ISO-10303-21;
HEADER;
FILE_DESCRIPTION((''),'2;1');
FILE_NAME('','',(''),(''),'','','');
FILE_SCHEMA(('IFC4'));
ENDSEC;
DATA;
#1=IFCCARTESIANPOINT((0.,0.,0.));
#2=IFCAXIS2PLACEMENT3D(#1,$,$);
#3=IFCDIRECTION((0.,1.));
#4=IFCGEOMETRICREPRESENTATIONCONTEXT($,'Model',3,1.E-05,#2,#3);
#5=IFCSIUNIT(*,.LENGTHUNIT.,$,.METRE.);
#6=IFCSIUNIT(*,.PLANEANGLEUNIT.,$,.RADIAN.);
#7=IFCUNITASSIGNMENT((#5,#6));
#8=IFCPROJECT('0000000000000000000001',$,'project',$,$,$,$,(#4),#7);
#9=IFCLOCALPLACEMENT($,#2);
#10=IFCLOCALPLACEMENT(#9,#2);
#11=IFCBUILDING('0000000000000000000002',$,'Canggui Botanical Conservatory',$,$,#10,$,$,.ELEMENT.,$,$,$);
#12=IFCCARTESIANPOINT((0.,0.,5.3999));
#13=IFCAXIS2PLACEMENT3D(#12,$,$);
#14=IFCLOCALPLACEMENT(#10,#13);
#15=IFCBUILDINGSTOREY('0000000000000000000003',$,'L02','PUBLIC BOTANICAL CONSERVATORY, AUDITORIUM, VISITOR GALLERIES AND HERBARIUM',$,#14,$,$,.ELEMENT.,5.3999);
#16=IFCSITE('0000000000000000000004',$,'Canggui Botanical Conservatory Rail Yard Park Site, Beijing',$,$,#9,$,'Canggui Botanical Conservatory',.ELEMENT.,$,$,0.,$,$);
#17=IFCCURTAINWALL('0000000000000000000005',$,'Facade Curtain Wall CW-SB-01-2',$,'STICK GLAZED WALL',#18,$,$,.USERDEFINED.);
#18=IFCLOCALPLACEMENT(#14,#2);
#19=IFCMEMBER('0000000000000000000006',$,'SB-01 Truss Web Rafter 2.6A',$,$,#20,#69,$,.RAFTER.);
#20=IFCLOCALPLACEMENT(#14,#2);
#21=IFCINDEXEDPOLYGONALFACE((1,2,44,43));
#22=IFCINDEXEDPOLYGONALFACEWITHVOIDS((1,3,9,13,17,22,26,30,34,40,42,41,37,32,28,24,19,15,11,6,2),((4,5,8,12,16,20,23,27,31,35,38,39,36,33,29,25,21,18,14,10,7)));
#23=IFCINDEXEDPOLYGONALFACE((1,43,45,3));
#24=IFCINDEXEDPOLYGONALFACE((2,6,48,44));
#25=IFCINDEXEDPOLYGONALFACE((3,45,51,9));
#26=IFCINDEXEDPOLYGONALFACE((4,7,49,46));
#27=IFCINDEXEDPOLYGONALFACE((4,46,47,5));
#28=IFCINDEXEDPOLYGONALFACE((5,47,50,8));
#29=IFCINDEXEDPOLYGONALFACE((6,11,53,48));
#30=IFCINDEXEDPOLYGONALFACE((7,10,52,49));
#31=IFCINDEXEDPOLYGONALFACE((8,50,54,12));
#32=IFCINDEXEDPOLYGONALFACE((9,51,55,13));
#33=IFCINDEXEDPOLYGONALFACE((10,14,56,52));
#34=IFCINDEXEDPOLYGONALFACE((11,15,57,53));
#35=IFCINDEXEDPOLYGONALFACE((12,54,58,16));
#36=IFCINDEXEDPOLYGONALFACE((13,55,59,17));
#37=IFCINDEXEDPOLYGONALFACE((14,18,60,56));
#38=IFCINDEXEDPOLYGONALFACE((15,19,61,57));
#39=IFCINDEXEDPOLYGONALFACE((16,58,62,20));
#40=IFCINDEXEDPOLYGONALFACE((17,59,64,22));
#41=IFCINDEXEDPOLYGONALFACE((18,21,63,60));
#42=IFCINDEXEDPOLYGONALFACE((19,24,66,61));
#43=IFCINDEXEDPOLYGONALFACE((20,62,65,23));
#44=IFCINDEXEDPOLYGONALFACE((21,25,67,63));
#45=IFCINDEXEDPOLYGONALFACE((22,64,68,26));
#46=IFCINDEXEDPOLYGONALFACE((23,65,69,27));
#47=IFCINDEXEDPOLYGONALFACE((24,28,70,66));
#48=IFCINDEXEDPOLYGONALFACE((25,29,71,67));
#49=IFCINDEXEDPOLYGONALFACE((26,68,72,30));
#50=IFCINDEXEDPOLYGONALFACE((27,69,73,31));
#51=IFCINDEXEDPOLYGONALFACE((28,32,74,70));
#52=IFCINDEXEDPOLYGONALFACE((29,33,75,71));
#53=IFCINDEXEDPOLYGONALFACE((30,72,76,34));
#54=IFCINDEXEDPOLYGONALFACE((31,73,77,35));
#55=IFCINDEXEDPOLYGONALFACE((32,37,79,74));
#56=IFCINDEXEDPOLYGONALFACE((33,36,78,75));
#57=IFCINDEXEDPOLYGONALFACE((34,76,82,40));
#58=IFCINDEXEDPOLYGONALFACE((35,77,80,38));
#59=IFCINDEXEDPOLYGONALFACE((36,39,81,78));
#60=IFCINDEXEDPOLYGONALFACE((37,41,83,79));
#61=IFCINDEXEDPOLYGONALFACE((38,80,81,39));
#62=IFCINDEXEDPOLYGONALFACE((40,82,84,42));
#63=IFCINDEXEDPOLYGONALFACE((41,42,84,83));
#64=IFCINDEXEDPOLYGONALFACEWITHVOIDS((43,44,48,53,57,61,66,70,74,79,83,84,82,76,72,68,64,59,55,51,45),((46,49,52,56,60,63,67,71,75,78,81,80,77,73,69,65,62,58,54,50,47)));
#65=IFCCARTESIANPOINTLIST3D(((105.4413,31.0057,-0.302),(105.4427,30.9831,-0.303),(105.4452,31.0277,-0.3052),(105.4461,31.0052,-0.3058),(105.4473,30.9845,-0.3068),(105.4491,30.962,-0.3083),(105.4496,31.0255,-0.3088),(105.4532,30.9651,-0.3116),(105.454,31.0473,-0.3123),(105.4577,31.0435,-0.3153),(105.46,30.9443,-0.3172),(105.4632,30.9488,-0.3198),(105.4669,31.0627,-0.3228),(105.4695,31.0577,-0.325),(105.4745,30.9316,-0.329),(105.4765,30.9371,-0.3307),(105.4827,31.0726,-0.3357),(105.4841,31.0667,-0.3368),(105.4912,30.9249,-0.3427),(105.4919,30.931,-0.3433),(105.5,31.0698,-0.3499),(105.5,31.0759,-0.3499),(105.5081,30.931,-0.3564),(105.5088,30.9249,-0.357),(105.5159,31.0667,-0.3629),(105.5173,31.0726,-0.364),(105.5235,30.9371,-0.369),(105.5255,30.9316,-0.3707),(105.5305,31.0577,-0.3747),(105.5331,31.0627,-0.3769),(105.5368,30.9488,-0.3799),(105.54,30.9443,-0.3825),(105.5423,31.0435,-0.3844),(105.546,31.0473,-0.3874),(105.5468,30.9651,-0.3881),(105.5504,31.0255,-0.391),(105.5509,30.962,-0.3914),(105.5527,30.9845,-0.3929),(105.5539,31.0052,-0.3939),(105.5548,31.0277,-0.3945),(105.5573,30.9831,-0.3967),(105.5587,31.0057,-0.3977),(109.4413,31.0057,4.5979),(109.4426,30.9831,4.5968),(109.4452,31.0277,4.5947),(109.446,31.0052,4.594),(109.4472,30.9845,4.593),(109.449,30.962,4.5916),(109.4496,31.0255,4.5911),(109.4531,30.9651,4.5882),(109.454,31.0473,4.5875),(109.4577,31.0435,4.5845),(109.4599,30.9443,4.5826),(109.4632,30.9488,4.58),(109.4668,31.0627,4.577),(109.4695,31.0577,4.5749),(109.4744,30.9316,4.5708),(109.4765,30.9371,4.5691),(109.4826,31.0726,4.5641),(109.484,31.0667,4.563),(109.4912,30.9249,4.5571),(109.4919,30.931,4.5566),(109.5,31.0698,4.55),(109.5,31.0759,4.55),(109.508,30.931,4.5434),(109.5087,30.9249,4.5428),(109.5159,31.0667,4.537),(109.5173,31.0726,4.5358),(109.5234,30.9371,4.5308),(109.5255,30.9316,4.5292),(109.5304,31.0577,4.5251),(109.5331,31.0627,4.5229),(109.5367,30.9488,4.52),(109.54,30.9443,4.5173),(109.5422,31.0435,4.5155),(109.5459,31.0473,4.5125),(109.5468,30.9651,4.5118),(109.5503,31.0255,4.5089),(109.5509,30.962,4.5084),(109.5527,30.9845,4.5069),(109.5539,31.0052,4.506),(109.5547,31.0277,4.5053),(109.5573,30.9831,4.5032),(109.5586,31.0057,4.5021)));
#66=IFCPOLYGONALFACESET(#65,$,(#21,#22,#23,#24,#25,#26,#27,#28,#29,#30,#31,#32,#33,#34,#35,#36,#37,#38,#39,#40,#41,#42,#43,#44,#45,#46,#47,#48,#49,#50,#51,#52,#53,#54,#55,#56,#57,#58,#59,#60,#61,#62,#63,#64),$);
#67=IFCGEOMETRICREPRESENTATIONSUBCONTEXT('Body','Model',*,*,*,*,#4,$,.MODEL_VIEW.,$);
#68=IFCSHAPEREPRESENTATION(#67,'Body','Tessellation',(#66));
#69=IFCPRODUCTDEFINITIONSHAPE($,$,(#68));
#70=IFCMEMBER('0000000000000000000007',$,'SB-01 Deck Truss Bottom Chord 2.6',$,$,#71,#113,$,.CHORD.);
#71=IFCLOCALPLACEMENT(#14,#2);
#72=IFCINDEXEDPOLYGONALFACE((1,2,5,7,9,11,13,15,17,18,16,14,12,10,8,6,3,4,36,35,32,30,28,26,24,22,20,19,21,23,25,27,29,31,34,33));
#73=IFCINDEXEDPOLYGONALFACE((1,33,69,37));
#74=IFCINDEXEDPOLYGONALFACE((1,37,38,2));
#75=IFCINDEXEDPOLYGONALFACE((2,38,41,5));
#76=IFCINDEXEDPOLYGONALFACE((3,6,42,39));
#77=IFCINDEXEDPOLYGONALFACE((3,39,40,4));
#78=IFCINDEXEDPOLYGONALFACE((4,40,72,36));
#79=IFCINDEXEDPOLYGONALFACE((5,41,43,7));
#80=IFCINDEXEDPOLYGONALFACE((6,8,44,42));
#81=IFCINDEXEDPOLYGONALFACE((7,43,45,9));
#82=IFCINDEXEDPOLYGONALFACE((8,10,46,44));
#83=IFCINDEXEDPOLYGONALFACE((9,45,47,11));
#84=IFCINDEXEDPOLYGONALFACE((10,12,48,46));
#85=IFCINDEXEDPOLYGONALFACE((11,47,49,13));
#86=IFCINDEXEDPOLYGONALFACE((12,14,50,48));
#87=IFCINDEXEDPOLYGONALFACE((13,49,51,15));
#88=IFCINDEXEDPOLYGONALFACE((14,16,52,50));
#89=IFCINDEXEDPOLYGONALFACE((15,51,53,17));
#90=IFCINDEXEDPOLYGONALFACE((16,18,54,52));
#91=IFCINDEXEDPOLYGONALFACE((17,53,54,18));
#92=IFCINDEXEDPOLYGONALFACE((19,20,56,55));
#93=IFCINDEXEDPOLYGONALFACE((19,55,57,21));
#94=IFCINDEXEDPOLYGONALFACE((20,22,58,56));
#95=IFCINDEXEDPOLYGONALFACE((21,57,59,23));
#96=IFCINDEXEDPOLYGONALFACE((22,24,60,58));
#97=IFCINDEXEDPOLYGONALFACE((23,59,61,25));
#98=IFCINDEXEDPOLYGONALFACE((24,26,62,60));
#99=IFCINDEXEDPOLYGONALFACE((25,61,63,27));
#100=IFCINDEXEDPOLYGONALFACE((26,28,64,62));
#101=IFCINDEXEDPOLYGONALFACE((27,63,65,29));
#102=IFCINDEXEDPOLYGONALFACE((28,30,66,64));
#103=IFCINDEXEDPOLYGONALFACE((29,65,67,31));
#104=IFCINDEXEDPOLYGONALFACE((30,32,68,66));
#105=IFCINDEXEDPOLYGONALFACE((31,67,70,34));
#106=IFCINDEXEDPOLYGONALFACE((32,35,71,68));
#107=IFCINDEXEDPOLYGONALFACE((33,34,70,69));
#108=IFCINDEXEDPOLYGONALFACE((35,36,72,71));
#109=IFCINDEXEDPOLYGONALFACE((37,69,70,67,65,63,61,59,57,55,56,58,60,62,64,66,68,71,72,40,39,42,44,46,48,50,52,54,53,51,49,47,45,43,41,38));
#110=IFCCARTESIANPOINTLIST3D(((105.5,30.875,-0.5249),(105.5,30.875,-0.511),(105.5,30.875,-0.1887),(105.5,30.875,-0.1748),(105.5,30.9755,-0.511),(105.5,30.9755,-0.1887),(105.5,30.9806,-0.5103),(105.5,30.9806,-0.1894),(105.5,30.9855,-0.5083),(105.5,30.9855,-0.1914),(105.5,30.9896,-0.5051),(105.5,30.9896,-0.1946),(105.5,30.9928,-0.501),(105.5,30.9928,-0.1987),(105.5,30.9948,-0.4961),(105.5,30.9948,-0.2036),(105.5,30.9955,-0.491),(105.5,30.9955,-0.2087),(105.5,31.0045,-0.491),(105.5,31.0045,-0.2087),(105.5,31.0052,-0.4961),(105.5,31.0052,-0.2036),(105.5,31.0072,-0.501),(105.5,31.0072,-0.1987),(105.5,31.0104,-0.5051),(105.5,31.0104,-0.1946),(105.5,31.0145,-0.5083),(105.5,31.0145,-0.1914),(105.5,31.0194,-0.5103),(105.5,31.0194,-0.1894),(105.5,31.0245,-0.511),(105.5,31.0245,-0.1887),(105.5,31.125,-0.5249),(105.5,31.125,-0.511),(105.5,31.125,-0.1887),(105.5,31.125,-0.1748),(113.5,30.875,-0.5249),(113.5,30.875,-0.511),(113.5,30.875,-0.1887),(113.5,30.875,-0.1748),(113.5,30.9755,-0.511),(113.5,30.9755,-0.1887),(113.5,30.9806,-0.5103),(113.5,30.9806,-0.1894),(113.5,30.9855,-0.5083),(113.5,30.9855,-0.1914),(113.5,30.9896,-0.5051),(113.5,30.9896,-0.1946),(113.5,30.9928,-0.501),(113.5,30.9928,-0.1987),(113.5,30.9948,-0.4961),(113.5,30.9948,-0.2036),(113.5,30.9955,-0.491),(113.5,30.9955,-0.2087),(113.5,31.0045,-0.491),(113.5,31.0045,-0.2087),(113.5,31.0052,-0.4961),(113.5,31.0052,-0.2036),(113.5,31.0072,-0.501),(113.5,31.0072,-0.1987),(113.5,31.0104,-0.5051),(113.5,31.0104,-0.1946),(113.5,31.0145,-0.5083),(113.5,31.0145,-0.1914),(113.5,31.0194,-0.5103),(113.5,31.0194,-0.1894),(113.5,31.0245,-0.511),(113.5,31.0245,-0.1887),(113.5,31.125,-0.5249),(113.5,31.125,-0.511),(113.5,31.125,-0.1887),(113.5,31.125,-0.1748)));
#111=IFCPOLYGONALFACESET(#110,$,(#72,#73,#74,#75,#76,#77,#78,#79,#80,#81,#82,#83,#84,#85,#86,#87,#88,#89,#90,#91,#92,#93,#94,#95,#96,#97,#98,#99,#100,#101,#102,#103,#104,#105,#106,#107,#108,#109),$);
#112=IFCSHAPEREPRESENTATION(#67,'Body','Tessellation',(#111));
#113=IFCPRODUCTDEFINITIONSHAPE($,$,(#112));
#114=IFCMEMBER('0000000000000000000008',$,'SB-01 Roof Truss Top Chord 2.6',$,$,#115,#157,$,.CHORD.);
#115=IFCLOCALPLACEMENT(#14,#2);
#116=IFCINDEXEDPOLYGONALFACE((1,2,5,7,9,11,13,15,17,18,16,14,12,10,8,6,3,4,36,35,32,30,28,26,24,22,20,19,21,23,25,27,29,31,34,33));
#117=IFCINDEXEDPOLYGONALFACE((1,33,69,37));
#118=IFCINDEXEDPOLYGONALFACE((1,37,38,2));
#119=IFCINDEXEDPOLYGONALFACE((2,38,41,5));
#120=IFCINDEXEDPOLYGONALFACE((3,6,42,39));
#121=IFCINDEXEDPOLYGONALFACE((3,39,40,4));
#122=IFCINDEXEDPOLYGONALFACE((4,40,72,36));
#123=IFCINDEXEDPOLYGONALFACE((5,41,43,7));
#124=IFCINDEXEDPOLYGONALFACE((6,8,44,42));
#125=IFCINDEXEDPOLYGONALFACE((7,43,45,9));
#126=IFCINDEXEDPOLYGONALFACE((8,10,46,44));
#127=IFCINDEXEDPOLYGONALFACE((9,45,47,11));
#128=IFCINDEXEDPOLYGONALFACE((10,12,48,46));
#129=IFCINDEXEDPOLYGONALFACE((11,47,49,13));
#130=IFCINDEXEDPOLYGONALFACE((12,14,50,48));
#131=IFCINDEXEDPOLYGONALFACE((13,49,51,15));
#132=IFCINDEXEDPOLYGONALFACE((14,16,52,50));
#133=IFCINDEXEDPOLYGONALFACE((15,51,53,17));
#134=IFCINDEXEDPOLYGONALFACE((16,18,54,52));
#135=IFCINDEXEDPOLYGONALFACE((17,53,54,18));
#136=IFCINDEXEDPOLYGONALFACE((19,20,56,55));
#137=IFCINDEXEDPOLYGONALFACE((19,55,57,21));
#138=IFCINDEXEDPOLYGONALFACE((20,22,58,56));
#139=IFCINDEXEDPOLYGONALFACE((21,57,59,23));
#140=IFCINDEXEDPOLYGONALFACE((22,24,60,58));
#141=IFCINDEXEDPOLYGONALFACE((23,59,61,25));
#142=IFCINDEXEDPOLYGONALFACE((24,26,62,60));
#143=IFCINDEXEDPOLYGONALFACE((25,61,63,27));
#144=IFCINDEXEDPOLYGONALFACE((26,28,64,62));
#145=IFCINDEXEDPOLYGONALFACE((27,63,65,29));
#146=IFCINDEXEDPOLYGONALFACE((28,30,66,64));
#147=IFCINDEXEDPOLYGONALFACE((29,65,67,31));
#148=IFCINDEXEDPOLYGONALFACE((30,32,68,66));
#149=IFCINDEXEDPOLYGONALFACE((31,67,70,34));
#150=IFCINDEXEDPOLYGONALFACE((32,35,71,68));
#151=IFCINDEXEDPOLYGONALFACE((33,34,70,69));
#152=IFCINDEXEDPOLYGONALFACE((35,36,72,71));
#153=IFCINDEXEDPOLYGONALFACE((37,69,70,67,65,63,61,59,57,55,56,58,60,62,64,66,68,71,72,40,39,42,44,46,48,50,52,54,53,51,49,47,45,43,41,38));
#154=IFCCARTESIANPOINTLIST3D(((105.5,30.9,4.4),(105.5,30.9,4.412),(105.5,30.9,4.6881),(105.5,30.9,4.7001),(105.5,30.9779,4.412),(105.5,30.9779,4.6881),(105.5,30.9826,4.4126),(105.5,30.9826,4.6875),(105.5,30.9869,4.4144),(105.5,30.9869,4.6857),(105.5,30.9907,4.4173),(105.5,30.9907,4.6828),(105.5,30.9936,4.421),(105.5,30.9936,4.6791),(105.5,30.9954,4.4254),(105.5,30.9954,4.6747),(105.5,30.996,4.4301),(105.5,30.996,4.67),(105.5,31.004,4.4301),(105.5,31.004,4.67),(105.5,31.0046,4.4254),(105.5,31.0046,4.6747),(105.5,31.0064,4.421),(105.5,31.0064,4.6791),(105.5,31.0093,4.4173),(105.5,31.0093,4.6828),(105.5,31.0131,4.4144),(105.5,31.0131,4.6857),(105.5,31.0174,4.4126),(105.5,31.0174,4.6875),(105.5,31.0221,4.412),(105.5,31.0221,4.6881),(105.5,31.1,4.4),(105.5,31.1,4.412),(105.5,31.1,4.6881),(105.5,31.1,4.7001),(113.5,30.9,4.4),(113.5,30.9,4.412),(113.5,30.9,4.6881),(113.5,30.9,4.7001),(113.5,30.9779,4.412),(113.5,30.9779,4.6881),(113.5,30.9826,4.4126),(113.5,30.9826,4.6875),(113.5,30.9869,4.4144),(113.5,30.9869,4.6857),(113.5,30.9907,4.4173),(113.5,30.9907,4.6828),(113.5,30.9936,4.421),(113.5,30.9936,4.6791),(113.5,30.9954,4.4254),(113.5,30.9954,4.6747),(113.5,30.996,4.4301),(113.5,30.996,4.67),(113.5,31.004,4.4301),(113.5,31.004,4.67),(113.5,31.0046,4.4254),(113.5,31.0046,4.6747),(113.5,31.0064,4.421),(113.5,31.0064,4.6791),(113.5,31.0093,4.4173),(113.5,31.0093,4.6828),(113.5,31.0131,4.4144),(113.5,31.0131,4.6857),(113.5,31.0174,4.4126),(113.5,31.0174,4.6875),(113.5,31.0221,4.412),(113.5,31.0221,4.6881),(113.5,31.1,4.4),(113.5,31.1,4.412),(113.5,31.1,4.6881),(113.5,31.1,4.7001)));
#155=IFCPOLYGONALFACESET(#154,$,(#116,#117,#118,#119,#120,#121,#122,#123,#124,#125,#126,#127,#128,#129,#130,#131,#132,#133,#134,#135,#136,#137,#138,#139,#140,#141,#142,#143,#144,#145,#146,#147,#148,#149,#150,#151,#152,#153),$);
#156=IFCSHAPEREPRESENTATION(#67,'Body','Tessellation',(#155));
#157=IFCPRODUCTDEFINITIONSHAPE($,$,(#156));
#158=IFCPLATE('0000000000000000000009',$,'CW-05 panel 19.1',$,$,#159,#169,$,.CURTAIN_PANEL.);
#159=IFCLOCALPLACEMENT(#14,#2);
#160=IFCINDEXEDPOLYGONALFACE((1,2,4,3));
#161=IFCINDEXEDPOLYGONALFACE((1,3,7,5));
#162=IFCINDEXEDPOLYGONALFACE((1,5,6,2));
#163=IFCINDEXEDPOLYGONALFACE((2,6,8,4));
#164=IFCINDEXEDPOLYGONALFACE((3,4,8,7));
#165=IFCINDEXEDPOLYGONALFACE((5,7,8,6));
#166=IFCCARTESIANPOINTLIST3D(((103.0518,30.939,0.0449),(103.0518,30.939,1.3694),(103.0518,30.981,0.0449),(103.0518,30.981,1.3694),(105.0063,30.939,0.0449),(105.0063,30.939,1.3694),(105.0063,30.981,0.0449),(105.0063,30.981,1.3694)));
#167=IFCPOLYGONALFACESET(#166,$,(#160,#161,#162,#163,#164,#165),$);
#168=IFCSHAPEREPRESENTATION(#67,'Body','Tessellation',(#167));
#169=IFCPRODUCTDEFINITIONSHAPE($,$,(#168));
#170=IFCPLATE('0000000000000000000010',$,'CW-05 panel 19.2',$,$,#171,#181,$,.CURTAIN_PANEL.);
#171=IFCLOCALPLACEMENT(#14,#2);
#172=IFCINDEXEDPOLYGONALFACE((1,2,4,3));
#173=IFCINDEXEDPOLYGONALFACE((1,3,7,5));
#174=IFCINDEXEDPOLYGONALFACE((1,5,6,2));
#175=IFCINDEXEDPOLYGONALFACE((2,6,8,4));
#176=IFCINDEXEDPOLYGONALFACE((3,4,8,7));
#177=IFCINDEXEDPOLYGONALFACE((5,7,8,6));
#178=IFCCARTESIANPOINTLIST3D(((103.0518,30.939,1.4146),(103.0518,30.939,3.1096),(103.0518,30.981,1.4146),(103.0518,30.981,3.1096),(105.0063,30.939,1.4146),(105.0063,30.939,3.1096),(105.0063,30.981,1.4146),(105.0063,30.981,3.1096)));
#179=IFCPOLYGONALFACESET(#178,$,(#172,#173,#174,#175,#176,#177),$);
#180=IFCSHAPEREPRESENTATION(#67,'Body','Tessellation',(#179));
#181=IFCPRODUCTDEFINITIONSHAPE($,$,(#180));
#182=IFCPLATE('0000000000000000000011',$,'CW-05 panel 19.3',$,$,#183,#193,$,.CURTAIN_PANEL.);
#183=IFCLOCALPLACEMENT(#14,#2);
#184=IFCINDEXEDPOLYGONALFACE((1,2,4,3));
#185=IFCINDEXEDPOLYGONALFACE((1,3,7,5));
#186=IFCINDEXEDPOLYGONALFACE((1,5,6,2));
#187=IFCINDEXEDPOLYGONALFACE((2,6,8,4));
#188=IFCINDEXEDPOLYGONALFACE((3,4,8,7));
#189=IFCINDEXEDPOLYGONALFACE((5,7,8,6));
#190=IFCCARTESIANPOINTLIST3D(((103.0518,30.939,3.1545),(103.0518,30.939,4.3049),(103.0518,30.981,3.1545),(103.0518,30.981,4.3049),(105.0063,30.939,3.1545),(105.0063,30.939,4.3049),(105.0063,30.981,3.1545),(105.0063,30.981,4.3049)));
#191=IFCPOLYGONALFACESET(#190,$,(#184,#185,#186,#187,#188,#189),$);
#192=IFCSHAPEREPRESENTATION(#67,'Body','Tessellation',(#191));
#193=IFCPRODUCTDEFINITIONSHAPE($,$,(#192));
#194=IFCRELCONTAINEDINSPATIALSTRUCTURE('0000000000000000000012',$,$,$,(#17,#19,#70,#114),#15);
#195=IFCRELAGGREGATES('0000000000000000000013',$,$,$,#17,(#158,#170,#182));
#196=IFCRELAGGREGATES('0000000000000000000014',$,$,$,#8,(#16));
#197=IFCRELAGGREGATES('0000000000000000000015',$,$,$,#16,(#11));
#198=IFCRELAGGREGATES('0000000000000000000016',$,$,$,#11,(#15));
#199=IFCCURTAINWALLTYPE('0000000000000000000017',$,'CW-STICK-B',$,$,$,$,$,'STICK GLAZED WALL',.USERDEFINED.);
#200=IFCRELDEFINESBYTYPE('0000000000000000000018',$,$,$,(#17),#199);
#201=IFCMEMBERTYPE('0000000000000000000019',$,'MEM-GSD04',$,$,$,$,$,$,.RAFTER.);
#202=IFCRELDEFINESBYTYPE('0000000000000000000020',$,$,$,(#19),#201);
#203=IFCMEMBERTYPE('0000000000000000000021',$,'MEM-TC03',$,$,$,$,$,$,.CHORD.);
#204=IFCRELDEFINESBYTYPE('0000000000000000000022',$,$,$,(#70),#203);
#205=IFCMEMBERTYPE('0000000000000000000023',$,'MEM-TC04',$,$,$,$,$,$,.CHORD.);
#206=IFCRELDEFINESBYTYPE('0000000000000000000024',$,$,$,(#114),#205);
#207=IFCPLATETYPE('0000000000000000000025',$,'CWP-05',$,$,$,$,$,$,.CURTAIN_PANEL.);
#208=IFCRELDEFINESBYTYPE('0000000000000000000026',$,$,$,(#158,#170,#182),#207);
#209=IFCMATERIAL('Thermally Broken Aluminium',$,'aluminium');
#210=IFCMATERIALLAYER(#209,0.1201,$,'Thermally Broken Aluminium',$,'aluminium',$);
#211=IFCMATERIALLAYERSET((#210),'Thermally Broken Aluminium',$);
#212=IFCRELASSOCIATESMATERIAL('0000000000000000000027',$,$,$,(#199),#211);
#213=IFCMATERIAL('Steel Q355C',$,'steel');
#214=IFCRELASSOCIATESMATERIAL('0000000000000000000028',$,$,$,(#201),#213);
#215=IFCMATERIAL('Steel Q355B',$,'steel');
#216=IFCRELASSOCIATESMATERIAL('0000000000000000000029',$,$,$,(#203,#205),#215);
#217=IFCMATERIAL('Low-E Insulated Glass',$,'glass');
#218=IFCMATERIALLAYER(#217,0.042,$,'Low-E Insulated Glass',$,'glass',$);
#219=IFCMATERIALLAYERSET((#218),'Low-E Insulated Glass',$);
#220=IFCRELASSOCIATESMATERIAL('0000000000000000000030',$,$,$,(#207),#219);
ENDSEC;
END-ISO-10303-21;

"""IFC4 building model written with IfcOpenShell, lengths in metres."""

from ifc_helpers import new_model, si_unit, direction, frame, origin, origin_2d, place, context, subcontext, project, spatial, rectangle, hollow_circle, i_section, extrude, material, layer, layer_set, material_profile, profile_set, type_object, element, aggregate, save


model = new_model("IFC4")

# Units and contexts
model_context = context("Model", 3, precision=1e-05, world=origin(), true_north=direction((0.0, 1.0)))
body_context = subcontext(model_context, "Body", "Model", "MODEL_VIEW")
ifc_project = project(units=[si_unit("LENGTHUNIT", "METRE"), si_unit("PLANEANGLEUNIT", "RADIAN")], contexts=[model_context])

# Site, building, storey
site_placement = place(None, origin())
site = spatial("IfcSite", under=ifc_project, at=site_placement, Name="Canggui Botanical Conservatory Rail Yard Park Site, Beijing", LongName="Canggui Botanical Conservatory", CompositionType="ELEMENT", RefElevation=0.0)
building_placement = place(site_placement, origin())
building = spatial("IfcBuilding", under=site, at=building_placement, Name="Canggui Botanical Conservatory", CompositionType="ELEMENT")
storey_placement = place(building_placement, frame((0.0, 0.0, 5.3999)))
storey = spatial("IfcBuildingStorey", under=building, at=storey_placement, Name="L02", Description="PUBLIC BOTANICAL CONSERVATORY, AUDITORIUM, VISITOR GALLERIES AND HERBARIUM", CompositionType="ELEMENT", Elevation=5.3999)

# Shared definitions
ifc_material_1 = material(Name="Steel Q355B", Category="steel")

# Curtain wall
ifc_material_2 = material(Name="Thermally Broken Aluminium", Category="aluminium")
ifc_layer_1 = layer(ifc_material_2, 0.1201, Name="Thermally Broken Aluminium", Category="aluminium")
ifc_layer_set_1 = layer_set([ifc_layer_1], Name="Thermally Broken Aluminium")
curtain_wall_type = type_object("IfcCurtainWallType", Name="CW-STICK-B", ElementType="STICK GLAZED WALL", PredefinedType="USERDEFINED", material=ifc_layer_set_1)
curtain_wall_placement = place(storey_placement, origin())
curtain_wall = element("IfcCurtainWall", 1, at=curtain_wall_placement, inside=storey, type_object=curtain_wall_type, Name="Facade Curtain Wall CW-SB-01-2", ObjectType="STICK GLAZED WALL", PredefinedType="USERDEFINED")

# Members
ifc_material_3 = material(Name="Steel Q355C", Category="steel")
ifc_material_profile_1 = material_profile(ifc_material_3, hollow_circle(Radius=0.0759, WallThickness=0.0061, at=origin_2d()), Name="CHS 152x6")
ifc_profile_set_1 = profile_set([ifc_material_profile_1], Name="Steel Q355C")
member_type_1 = type_object("IfcMemberType", Name="MEM-GSD04", PredefinedType="RAFTER", material=ifc_profile_set_1)
member_1_placement = place(storey_placement, frame((105.5, 31.0, -0.3499), z_axis=(0.632384, 0.0, 0.774655), x_axis=(0.0, 1.0, 0.0)))
element("IfcMember", 2, at=member_1_placement, inside=storey, type_object=member_type_1, Name="SB-01 Truss Web Rafter 2.6A", PredefinedType="RAFTER", context=body_context, shape_type="SweptSolid", body=[
    extrude(hollow_circle(Radius=0.0759, WallThickness=0.0061, at=origin_2d()), origin(), (0.0, 0.0, 1.0), 6.3252),
])
ifc_material_profile_2 = material_profile(ifc_material_1, i_section(OverallWidth=0.25, OverallDepth=0.3501, WebThickness=0.009, FlangeThickness=0.0139, FilletRadius=0.02, at=origin_2d()), Name="HM 350x250x9x14")
ifc_profile_set_2 = profile_set([ifc_material_profile_2], Name="Steel Q355B")
member_type_2 = type_object("IfcMemberType", Name="MEM-TC03", PredefinedType="CHORD", material=ifc_profile_set_2)
member_2_placement = place(storey_placement, frame((105.5, 31.0, -0.3499), z_axis=(1.0, 0.0, 0.0), x_axis=(0.0, 1.0, 0.0)))
element("IfcMember", 3, at=member_2_placement, inside=storey, type_object=member_type_2, Name="SB-01 Deck Truss Bottom Chord 2.6", PredefinedType="CHORD", context=body_context, shape_type="SweptSolid", body=[
    extrude(i_section(OverallWidth=0.25, OverallDepth=0.3501, WebThickness=0.009, FlangeThickness=0.0139, FilletRadius=0.02, at=origin_2d()), origin(), (0.0, 0.0, 1.0), 8.0),
])
ifc_material_profile_3 = material_profile(ifc_material_1, i_section(OverallWidth=0.2, OverallDepth=0.3, WebThickness=0.0081, FlangeThickness=0.012, FilletRadius=0.0181, at=origin_2d()), Name="HM 300x200x8x12")
ifc_profile_set_3 = profile_set([ifc_material_profile_3], Name="Steel Q355B")
member_type_3 = type_object("IfcMemberType", Name="MEM-TC04", PredefinedType="CHORD", material=ifc_profile_set_3)
member_3_placement = place(storey_placement, frame((105.5, 31.0, 4.55), z_axis=(1.0, 0.0, 0.0), x_axis=(0.0, 1.0, 0.0)))
element("IfcMember", 4, at=member_3_placement, inside=storey, type_object=member_type_3, Name="SB-01 Roof Truss Top Chord 2.6", PredefinedType="CHORD", context=body_context, shape_type="SweptSolid", body=[
    extrude(i_section(OverallWidth=0.2, OverallDepth=0.3, WebThickness=0.0081, FlangeThickness=0.012, FilletRadius=0.0181, at=origin_2d()), origin(), (0.0, 0.0, 1.0), 8.0),
])

# Plates
ifc_material_4 = material(Name="Low-E Insulated Glass", Category="glass")
ifc_layer_2 = layer(ifc_material_4, 0.042, Name="Low-E Insulated Glass", Category="glass")
ifc_layer_set_2 = layer_set([ifc_layer_2], Name="Low-E Insulated Glass")
plate_type_1 = type_object("IfcPlateType", Name="CWP-05", PredefinedType="CURTAIN_PANEL", material=ifc_layer_set_2)
plate_1_placement = place(storey_placement, frame((104.0291, 30.96, 0.0449), z_axis=(0.0, 0.0, 1.0), x_axis=(1.0, 0.0, 0.0)))
plate_1 = element("IfcPlate", 5, at=plate_1_placement, type_object=plate_type_1, Name="CW-05 panel 19.1", PredefinedType="CURTAIN_PANEL", context=body_context, shape_type="SweptSolid", body=[
    extrude(rectangle(XDim=1.9546, YDim=0.042, at=origin_2d()), origin(), (0.0, 0.0, 1.0), 1.3245),
])
plate_2_placement = place(storey_placement, frame((104.0291, 30.96, 1.4146), z_axis=(0.0, 0.0, 1.0), x_axis=(1.0, 0.0, 0.0)))
plate_2 = element("IfcPlate", 6, at=plate_2_placement, type_object=plate_type_1, Name="CW-05 panel 19.2", PredefinedType="CURTAIN_PANEL", context=body_context, shape_type="SweptSolid", body=[
    extrude(rectangle(XDim=1.9546, YDim=0.042, at=origin_2d()), origin(), (0.0, 0.0, 1.0), 1.6951),
])
plate_3_placement = place(storey_placement, frame((104.0291, 30.96, 3.1545), z_axis=(0.0, 0.0, 1.0), x_axis=(1.0, 0.0, 0.0)))
plate_3 = element("IfcPlate", 7, at=plate_3_placement, type_object=plate_type_1, Name="CW-05 panel 19.3", PredefinedType="CURTAIN_PANEL", context=body_context, shape_type="SweptSolid", body=[
    extrude(rectangle(XDim=1.9546, YDim=0.042, at=origin_2d()), origin(), (0.0, 0.0, 1.0), 1.1504),
])
aggregate(curtain_wall, [plate_1, plate_2, plate_3])

save(model, "model.ifc")
